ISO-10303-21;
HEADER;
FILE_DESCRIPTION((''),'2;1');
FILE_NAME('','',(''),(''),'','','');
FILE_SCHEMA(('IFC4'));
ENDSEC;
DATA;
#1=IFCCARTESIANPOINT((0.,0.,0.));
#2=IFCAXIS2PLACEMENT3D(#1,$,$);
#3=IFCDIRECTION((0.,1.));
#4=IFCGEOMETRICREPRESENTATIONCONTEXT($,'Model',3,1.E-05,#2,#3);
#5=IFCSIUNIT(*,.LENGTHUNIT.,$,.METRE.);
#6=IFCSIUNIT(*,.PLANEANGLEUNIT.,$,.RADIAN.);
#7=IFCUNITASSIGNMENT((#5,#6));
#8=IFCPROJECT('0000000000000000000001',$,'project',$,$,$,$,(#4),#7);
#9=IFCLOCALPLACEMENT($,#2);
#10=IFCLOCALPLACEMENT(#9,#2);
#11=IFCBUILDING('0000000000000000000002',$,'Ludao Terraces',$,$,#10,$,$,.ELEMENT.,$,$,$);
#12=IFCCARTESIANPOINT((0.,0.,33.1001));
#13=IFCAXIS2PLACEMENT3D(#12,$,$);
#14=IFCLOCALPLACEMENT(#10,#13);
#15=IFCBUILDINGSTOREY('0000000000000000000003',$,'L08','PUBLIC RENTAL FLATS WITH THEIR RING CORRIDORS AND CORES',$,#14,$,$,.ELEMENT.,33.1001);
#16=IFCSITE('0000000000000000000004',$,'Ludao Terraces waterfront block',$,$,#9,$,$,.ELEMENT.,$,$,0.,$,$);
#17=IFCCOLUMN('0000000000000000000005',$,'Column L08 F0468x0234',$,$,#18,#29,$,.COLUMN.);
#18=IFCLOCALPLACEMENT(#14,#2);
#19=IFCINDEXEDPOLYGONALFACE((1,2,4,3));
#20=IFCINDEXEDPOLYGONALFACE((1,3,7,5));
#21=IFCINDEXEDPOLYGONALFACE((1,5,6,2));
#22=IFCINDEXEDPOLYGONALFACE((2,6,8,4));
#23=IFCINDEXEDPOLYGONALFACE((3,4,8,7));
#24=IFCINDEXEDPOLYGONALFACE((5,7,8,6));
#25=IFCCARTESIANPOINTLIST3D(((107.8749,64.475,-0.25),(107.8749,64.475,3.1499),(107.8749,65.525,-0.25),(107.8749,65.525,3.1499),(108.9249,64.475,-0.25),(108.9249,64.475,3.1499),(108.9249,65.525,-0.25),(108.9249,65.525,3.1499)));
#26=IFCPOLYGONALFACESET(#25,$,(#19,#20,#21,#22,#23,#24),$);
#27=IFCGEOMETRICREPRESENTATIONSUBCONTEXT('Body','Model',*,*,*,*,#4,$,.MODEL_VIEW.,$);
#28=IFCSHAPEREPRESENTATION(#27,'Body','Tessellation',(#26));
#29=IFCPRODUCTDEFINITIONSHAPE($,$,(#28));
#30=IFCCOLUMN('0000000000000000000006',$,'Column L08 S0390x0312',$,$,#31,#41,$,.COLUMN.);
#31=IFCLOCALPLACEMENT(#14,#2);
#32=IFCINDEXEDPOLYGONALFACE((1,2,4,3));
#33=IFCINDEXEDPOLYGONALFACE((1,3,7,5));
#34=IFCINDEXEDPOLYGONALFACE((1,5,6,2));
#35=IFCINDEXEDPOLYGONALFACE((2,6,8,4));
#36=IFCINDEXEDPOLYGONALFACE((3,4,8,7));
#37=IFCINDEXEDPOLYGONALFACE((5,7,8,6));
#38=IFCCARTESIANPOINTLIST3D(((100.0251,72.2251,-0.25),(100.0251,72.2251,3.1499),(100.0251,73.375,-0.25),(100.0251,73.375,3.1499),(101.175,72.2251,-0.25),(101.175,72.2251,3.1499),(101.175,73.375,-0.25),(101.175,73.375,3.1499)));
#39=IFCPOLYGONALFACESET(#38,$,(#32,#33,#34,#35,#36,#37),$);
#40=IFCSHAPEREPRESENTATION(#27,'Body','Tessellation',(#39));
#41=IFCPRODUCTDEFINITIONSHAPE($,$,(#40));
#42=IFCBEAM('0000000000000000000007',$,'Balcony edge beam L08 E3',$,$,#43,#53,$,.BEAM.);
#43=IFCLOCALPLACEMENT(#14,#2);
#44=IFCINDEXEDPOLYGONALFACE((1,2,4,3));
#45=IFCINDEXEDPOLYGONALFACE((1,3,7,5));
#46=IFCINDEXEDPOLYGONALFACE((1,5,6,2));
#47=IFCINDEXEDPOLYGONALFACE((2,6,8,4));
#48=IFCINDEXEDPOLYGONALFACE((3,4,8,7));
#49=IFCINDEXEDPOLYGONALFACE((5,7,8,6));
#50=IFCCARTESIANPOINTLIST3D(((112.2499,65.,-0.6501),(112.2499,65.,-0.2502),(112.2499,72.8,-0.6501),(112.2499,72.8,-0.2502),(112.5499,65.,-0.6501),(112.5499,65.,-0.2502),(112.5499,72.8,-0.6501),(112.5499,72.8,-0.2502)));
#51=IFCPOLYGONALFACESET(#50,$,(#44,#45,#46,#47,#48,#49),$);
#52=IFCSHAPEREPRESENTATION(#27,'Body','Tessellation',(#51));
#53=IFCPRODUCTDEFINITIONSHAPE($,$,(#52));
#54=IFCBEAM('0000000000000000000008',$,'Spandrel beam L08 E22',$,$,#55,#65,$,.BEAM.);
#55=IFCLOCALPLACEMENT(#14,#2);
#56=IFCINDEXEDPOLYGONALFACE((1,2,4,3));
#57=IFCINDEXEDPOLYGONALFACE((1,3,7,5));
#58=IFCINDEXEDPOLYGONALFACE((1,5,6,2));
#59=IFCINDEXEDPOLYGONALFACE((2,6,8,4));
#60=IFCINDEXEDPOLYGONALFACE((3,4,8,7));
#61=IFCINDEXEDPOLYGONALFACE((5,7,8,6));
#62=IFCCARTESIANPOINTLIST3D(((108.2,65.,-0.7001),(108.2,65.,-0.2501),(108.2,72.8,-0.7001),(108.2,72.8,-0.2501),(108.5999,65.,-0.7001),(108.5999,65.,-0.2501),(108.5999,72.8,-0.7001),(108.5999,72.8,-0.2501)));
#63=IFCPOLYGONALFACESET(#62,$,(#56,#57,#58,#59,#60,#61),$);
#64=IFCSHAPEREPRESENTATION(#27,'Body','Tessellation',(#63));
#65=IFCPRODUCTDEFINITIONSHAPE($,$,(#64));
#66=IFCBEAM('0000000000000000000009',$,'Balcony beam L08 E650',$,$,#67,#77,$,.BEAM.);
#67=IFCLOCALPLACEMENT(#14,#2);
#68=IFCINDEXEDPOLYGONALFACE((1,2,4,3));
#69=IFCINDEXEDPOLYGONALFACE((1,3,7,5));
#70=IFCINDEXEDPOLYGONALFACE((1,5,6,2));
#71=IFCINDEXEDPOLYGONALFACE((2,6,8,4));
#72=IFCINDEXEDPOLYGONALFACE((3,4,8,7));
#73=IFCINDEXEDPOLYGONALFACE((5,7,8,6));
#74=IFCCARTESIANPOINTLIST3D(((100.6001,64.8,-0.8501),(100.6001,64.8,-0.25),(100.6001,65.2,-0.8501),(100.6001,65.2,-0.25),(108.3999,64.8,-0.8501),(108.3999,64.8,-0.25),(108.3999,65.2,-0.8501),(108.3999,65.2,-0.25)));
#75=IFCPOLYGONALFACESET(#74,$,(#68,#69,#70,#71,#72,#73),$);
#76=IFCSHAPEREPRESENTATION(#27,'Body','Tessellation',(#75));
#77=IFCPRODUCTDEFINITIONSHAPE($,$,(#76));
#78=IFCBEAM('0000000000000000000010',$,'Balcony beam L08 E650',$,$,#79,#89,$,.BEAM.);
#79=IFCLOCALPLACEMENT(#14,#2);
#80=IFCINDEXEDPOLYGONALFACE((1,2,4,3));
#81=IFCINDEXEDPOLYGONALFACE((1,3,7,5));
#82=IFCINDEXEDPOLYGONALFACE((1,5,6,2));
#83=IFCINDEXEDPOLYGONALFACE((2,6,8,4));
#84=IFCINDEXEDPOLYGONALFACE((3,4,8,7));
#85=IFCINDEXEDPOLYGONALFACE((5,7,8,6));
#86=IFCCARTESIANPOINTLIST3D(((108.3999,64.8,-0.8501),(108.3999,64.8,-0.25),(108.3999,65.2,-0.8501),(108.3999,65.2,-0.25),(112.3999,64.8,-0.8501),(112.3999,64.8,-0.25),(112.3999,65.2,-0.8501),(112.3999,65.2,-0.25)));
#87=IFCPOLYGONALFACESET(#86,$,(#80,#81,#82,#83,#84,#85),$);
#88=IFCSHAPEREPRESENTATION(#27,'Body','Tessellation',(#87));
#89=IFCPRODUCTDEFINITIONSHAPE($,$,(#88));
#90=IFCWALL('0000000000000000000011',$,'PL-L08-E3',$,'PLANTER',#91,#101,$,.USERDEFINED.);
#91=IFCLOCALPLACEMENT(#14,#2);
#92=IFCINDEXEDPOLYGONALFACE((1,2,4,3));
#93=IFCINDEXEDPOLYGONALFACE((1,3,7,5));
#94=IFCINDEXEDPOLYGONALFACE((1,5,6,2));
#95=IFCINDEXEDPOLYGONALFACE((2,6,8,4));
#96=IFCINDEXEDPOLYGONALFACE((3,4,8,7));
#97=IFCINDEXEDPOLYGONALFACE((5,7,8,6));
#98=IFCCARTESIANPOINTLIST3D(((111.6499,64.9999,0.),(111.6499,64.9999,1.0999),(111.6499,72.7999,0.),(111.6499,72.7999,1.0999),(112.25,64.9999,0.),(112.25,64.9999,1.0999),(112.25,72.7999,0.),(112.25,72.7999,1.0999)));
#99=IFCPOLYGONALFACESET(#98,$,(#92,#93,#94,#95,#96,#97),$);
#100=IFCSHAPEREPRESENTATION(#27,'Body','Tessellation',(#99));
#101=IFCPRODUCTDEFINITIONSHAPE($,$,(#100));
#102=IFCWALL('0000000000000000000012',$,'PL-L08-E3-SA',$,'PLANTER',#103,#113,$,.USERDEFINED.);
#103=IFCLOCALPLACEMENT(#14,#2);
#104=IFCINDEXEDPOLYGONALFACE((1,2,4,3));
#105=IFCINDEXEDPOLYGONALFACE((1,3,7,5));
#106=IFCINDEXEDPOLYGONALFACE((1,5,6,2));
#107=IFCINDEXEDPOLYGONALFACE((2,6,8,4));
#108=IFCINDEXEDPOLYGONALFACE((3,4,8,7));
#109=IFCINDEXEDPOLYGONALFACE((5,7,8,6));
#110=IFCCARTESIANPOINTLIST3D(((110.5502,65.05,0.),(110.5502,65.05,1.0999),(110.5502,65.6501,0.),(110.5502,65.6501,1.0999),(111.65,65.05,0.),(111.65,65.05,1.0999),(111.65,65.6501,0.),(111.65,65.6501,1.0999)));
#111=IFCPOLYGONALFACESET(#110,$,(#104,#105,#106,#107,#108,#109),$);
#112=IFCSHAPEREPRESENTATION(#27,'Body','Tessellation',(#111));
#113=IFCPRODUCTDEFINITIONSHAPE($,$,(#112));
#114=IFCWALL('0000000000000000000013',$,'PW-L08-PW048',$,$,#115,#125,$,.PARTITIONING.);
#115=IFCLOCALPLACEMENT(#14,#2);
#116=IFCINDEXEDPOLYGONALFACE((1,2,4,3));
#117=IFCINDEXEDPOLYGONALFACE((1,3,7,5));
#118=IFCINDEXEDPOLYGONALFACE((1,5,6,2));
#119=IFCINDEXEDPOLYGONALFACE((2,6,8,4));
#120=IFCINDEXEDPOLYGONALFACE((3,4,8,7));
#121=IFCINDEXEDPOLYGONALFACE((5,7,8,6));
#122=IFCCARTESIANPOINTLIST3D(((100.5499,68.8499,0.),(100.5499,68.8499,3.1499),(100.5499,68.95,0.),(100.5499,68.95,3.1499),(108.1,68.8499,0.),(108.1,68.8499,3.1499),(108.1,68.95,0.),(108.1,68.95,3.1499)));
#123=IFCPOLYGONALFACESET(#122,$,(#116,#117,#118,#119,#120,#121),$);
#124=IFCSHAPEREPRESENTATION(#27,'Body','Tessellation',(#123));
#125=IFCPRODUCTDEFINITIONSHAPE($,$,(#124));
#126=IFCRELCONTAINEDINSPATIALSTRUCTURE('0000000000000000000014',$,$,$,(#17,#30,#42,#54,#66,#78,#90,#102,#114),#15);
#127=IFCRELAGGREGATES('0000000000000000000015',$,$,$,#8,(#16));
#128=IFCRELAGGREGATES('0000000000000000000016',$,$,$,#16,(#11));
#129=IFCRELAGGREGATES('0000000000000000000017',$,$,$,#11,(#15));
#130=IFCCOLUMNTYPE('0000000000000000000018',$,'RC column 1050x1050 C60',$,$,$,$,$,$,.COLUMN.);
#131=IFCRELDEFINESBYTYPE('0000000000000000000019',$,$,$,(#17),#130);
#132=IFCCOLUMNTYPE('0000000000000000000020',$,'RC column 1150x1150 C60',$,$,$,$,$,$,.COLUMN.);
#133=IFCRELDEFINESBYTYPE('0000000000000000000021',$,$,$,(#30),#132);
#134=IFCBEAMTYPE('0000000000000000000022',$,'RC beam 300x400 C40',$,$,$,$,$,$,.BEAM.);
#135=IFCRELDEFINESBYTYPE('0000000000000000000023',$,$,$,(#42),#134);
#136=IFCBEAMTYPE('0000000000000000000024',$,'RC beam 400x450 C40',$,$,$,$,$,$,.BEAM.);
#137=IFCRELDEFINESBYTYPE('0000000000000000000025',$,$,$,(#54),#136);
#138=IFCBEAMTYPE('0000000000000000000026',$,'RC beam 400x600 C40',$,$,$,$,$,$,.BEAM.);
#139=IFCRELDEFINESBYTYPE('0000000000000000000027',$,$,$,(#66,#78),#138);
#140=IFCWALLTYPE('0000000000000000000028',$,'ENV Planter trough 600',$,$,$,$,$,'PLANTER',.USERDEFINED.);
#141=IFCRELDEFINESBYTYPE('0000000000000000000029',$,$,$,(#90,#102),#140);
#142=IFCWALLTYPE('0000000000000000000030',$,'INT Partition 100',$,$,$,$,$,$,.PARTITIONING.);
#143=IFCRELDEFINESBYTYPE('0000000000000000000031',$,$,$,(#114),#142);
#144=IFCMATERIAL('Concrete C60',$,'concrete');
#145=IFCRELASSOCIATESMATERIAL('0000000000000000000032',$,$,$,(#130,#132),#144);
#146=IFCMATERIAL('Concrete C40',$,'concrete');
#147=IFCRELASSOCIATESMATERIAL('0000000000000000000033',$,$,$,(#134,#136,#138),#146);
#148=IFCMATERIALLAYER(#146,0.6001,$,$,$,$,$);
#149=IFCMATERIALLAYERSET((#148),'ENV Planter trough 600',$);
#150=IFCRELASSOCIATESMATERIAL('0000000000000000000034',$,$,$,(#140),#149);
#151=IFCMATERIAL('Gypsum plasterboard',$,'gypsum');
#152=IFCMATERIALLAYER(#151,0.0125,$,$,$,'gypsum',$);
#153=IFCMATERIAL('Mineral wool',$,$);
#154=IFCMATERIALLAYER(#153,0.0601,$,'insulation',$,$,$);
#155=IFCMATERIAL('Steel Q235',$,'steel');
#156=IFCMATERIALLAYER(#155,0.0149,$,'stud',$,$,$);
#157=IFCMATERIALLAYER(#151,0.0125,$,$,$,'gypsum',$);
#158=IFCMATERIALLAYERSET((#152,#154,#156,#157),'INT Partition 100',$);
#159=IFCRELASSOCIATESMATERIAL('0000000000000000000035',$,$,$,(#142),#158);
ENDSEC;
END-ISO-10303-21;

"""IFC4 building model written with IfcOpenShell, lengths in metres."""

from ifc_helpers import new_model, si_unit, direction, frame, frame_2d, origin, origin_2d, place, context, subcontext, project, spatial, rectangle, extrude, material, layer, layer_set, material_profile, profile_set, type_object, element, save


model = new_model("IFC4")

# Units and contexts
model_context = context("Model", 3, precision=1e-05, world=origin(), true_north=direction((0.0, 1.0)))
body_context = subcontext(model_context, "Body", "Model", "MODEL_VIEW")
ifc_project = project(units=[si_unit("LENGTHUNIT", "METRE"), si_unit("PLANEANGLEUNIT", "RADIAN")], contexts=[model_context])

# Site, building, storey
site_placement = place(None, origin())
site = spatial("IfcSite", under=ifc_project, at=site_placement, Name="Ludao Terraces waterfront block", CompositionType="ELEMENT", RefElevation=0.0)
building_placement = place(site_placement, origin())
building = spatial("IfcBuilding", under=site, at=building_placement, Name="Ludao Terraces", CompositionType="ELEMENT")
storey_placement = place(building_placement, frame((0.0, 0.0, 33.1001)))
storey = spatial("IfcBuildingStorey", under=building, at=storey_placement, Name="L08", Description="PUBLIC RENTAL FLATS WITH THEIR RING CORRIDORS AND CORES", CompositionType="ELEMENT", Elevation=33.1001)

# Columns
ifc_material_1 = material(Name="Concrete C60", Category="concrete")
ifc_material_profile_1 = material_profile(ifc_material_1, rectangle(XDim=1.05, YDim=1.05, at=origin_2d()), Name="1050 X 1050")
ifc_profile_set_1 = profile_set([ifc_material_profile_1], Name="Concrete C60")
column_type_1 = type_object("IfcColumnType", Name="RC column 1050x1050 C60", PredefinedType="COLUMN", material=ifc_profile_set_1)
column_1_placement = place(storey_placement, frame((108.3999, 65.0, -0.25), z_axis=(0.0, 0.0, 1.0), x_axis=(1.0, 0.0, 0.0)))
element("IfcColumn", 1, at=column_1_placement, inside=storey, type_object=column_type_1, Name="Column L08 F0468x0234", PredefinedType="COLUMN", context=body_context, shape_type="SweptSolid", body=[
    extrude(rectangle(XDim=1.05, YDim=1.05, at=origin_2d()), origin(), (0.0, 0.0, 1.0), 3.3999),
])
ifc_material_profile_2 = material_profile(ifc_material_1, rectangle(XDim=1.1499, YDim=1.1499, at=origin_2d()), Name="1150 X 1150")
ifc_profile_set_2 = profile_set([ifc_material_profile_2], Name="Concrete C60")
column_type_2 = type_object("IfcColumnType", Name="RC column 1150x1150 C60", PredefinedType="COLUMN", material=ifc_profile_set_2)
column_2_placement = place(storey_placement, frame((100.6001, 72.8, -0.25), z_axis=(0.0, 0.0, 1.0), x_axis=(1.0, 0.0, 0.0)))
element("IfcColumn", 2, at=column_2_placement, inside=storey, type_object=column_type_2, Name="Column L08 S0390x0312", PredefinedType="COLUMN", context=body_context, shape_type="SweptSolid", body=[
    extrude(rectangle(XDim=1.1499, YDim=1.1499, at=origin_2d()), origin(), (0.0, 0.0, 1.0), 3.3999),
])

# Beams
ifc_material_2 = material(Name="Concrete C40", Category="concrete")
ifc_material_profile_3 = material_profile(ifc_material_2, rectangle(XDim=0.3, YDim=0.3999, at=origin_2d()), Name="300 X 400")
ifc_profile_set_3 = profile_set([ifc_material_profile_3], Name="Concrete C40")
beam_type_1 = type_object("IfcBeamType", Name="RC beam 300x400 C40", PredefinedType="BEAM", material=ifc_profile_set_3)
beam_1_placement = place(storey_placement, frame((112.3999, 65.0, -0.4502), z_axis=(0.0, 1.0, 0.0), x_axis=(-1.0, 0.0, 0.0)))
element("IfcBeam", 3, at=beam_1_placement, inside=storey, type_object=beam_type_1, Name="Balcony edge beam L08 E3", PredefinedType="BEAM", context=body_context, shape_type="SweptSolid", body=[
    extrude(rectangle(XDim=0.3, YDim=0.3999, at=origin_2d()), origin(), (0.0, 0.0, 1.0), 7.8),
])
ifc_material_profile_4 = material_profile(ifc_material_2, rectangle(XDim=0.3999, YDim=0.45, at=origin_2d()), Name="400 X 450")
ifc_profile_set_4 = profile_set([ifc_material_profile_4], Name="Concrete C40")
beam_type_2 = type_object("IfcBeamType", Name="RC beam 400x450 C40", PredefinedType="BEAM", material=ifc_profile_set_4)
beam_2_placement = place(storey_placement, frame((108.3999, 65.0, -0.4751), z_axis=(0.0, 1.0, 0.0), x_axis=(-1.0, 0.0, 0.0)))
element("IfcBeam", 4, at=beam_2_placement, inside=storey, type_object=beam_type_2, Name="Spandrel beam L08 E22", PredefinedType="BEAM", context=body_context, shape_type="SweptSolid", body=[
    extrude(rectangle(XDim=0.3999, YDim=0.45, at=origin_2d()), origin(), (0.0, 0.0, 1.0), 7.8),
])
ifc_material_profile_5 = material_profile(ifc_material_2, rectangle(XDim=0.3999, YDim=0.6001, at=origin_2d()), Name="400 X 600")
ifc_profile_set_5 = profile_set([ifc_material_profile_5], Name="Concrete C40")
beam_type_3 = type_object("IfcBeamType", Name="RC beam 400x600 C40", PredefinedType="BEAM", material=ifc_profile_set_5)
beam_3_placement = place(storey_placement, frame((100.6001, 65.0, -0.55), z_axis=(1.0, 0.0, 0.0), x_axis=(0.0, 1.0, 0.0)))
element("IfcBeam", 5, at=beam_3_placement, inside=storey, type_object=beam_type_3, Name="Balcony beam L08 E650", PredefinedType="BEAM", context=body_context, shape_type="SweptSolid", body=[
    extrude(rectangle(XDim=0.3999, YDim=0.6001, at=origin_2d()), origin(), (0.0, 0.0, 1.0), 7.7998),
])
beam_4_placement = place(storey_placement, frame((108.3999, 65.0, -0.55), z_axis=(1.0, 0.0, 0.0), x_axis=(0.0, 1.0, 0.0)))
element("IfcBeam", 6, at=beam_4_placement, inside=storey, type_object=beam_type_3, Name="Balcony beam L08 E650", PredefinedType="BEAM", context=body_context, shape_type="SweptSolid", body=[
    extrude(rectangle(XDim=0.3999, YDim=0.6001, at=origin_2d()), origin(), (0.0, 0.0, 1.0), 4.0),
])

# Walls
ifc_layer_1 = layer(ifc_material_2, 0.6001)
ifc_layer_set_1 = layer_set([ifc_layer_1], Name="ENV Planter trough 600")
wall_type_1 = type_object("IfcWallType", Name="ENV Planter trough 600", ElementType="PLANTER", PredefinedType="USERDEFINED", material=ifc_layer_set_1)
wall_1_placement = place(storey_placement, frame((111.95, 65.0, 0.0), z_axis=(0.0, 0.0, 1.0), x_axis=(0.0, 1.0, 0.0)))
element("IfcWall", 7, at=wall_1_placement, inside=storey, type_object=wall_type_1, Name="PL-L08-E3", ObjectType="PLANTER", PredefinedType="USERDEFINED", context=body_context, shape_type="SweptSolid", body=[
    extrude(rectangle(XDim=7.8, YDim=0.6001, at=frame_2d((3.8999, 0.0))), origin(), (0.0, 0.0, 1.0), 1.0999),
])
wall_2_placement = place(storey_placement, frame((111.6499, 65.3501, 0.0), z_axis=(0.0, 0.0, 1.0), x_axis=(-1.0, 0.0, 0.0)))
element("IfcWall", 8, at=wall_2_placement, inside=storey, type_object=wall_type_1, Name="PL-L08-E3-SA", ObjectType="PLANTER", PredefinedType="USERDEFINED", context=body_context, shape_type="SweptSolid", body=[
    extrude(rectangle(XDim=1.0999, YDim=0.6001, at=frame_2d((0.5498, 0.0))), origin(), (0.0, 0.0, 1.0), 1.0999),
])

# Shared definitions
ifc_material_3 = material(Name="Mineral wool")

# Wall
ifc_material_4 = material(Name="Gypsum plasterboard", Category="gypsum")
ifc_layer_2 = layer(ifc_material_4, 0.0125, Category="gypsum")
ifc_layer_3 = layer(ifc_material_3, 0.0601, Name="insulation")
ifc_material_5 = material(Name="Steel Q235", Category="steel")
ifc_layer_4 = layer(ifc_material_5, 0.0149, Name="stud")
ifc_layer_5 = layer(ifc_material_4, 0.0125, Category="gypsum")
ifc_layer_set_2 = layer_set([ifc_layer_2, ifc_layer_3, ifc_layer_4, ifc_layer_5], Name="INT Partition 100")
wall_type_2 = type_object("IfcWallType", Name="INT Partition 100", PredefinedType="PARTITIONING", material=ifc_layer_set_2)
wall_3_placement = place(storey_placement, frame((100.55, 68.8999, 0.0), z_axis=(0.0, 0.0, 1.0), x_axis=(1.0, 0.0, 0.0)))
element("IfcWall", 9, at=wall_3_placement, inside=storey, type_object=wall_type_2, Name="PW-L08-PW048", PredefinedType="PARTITIONING", context=body_context, shape_type="SweptSolid", body=[
    extrude(rectangle(XDim=7.55, YDim=0.1001, at=frame_2d((3.7749, 0.0))), origin(), (0.0, 0.0, 1.0), 3.1499),
])

save(model, "model.ifc")
